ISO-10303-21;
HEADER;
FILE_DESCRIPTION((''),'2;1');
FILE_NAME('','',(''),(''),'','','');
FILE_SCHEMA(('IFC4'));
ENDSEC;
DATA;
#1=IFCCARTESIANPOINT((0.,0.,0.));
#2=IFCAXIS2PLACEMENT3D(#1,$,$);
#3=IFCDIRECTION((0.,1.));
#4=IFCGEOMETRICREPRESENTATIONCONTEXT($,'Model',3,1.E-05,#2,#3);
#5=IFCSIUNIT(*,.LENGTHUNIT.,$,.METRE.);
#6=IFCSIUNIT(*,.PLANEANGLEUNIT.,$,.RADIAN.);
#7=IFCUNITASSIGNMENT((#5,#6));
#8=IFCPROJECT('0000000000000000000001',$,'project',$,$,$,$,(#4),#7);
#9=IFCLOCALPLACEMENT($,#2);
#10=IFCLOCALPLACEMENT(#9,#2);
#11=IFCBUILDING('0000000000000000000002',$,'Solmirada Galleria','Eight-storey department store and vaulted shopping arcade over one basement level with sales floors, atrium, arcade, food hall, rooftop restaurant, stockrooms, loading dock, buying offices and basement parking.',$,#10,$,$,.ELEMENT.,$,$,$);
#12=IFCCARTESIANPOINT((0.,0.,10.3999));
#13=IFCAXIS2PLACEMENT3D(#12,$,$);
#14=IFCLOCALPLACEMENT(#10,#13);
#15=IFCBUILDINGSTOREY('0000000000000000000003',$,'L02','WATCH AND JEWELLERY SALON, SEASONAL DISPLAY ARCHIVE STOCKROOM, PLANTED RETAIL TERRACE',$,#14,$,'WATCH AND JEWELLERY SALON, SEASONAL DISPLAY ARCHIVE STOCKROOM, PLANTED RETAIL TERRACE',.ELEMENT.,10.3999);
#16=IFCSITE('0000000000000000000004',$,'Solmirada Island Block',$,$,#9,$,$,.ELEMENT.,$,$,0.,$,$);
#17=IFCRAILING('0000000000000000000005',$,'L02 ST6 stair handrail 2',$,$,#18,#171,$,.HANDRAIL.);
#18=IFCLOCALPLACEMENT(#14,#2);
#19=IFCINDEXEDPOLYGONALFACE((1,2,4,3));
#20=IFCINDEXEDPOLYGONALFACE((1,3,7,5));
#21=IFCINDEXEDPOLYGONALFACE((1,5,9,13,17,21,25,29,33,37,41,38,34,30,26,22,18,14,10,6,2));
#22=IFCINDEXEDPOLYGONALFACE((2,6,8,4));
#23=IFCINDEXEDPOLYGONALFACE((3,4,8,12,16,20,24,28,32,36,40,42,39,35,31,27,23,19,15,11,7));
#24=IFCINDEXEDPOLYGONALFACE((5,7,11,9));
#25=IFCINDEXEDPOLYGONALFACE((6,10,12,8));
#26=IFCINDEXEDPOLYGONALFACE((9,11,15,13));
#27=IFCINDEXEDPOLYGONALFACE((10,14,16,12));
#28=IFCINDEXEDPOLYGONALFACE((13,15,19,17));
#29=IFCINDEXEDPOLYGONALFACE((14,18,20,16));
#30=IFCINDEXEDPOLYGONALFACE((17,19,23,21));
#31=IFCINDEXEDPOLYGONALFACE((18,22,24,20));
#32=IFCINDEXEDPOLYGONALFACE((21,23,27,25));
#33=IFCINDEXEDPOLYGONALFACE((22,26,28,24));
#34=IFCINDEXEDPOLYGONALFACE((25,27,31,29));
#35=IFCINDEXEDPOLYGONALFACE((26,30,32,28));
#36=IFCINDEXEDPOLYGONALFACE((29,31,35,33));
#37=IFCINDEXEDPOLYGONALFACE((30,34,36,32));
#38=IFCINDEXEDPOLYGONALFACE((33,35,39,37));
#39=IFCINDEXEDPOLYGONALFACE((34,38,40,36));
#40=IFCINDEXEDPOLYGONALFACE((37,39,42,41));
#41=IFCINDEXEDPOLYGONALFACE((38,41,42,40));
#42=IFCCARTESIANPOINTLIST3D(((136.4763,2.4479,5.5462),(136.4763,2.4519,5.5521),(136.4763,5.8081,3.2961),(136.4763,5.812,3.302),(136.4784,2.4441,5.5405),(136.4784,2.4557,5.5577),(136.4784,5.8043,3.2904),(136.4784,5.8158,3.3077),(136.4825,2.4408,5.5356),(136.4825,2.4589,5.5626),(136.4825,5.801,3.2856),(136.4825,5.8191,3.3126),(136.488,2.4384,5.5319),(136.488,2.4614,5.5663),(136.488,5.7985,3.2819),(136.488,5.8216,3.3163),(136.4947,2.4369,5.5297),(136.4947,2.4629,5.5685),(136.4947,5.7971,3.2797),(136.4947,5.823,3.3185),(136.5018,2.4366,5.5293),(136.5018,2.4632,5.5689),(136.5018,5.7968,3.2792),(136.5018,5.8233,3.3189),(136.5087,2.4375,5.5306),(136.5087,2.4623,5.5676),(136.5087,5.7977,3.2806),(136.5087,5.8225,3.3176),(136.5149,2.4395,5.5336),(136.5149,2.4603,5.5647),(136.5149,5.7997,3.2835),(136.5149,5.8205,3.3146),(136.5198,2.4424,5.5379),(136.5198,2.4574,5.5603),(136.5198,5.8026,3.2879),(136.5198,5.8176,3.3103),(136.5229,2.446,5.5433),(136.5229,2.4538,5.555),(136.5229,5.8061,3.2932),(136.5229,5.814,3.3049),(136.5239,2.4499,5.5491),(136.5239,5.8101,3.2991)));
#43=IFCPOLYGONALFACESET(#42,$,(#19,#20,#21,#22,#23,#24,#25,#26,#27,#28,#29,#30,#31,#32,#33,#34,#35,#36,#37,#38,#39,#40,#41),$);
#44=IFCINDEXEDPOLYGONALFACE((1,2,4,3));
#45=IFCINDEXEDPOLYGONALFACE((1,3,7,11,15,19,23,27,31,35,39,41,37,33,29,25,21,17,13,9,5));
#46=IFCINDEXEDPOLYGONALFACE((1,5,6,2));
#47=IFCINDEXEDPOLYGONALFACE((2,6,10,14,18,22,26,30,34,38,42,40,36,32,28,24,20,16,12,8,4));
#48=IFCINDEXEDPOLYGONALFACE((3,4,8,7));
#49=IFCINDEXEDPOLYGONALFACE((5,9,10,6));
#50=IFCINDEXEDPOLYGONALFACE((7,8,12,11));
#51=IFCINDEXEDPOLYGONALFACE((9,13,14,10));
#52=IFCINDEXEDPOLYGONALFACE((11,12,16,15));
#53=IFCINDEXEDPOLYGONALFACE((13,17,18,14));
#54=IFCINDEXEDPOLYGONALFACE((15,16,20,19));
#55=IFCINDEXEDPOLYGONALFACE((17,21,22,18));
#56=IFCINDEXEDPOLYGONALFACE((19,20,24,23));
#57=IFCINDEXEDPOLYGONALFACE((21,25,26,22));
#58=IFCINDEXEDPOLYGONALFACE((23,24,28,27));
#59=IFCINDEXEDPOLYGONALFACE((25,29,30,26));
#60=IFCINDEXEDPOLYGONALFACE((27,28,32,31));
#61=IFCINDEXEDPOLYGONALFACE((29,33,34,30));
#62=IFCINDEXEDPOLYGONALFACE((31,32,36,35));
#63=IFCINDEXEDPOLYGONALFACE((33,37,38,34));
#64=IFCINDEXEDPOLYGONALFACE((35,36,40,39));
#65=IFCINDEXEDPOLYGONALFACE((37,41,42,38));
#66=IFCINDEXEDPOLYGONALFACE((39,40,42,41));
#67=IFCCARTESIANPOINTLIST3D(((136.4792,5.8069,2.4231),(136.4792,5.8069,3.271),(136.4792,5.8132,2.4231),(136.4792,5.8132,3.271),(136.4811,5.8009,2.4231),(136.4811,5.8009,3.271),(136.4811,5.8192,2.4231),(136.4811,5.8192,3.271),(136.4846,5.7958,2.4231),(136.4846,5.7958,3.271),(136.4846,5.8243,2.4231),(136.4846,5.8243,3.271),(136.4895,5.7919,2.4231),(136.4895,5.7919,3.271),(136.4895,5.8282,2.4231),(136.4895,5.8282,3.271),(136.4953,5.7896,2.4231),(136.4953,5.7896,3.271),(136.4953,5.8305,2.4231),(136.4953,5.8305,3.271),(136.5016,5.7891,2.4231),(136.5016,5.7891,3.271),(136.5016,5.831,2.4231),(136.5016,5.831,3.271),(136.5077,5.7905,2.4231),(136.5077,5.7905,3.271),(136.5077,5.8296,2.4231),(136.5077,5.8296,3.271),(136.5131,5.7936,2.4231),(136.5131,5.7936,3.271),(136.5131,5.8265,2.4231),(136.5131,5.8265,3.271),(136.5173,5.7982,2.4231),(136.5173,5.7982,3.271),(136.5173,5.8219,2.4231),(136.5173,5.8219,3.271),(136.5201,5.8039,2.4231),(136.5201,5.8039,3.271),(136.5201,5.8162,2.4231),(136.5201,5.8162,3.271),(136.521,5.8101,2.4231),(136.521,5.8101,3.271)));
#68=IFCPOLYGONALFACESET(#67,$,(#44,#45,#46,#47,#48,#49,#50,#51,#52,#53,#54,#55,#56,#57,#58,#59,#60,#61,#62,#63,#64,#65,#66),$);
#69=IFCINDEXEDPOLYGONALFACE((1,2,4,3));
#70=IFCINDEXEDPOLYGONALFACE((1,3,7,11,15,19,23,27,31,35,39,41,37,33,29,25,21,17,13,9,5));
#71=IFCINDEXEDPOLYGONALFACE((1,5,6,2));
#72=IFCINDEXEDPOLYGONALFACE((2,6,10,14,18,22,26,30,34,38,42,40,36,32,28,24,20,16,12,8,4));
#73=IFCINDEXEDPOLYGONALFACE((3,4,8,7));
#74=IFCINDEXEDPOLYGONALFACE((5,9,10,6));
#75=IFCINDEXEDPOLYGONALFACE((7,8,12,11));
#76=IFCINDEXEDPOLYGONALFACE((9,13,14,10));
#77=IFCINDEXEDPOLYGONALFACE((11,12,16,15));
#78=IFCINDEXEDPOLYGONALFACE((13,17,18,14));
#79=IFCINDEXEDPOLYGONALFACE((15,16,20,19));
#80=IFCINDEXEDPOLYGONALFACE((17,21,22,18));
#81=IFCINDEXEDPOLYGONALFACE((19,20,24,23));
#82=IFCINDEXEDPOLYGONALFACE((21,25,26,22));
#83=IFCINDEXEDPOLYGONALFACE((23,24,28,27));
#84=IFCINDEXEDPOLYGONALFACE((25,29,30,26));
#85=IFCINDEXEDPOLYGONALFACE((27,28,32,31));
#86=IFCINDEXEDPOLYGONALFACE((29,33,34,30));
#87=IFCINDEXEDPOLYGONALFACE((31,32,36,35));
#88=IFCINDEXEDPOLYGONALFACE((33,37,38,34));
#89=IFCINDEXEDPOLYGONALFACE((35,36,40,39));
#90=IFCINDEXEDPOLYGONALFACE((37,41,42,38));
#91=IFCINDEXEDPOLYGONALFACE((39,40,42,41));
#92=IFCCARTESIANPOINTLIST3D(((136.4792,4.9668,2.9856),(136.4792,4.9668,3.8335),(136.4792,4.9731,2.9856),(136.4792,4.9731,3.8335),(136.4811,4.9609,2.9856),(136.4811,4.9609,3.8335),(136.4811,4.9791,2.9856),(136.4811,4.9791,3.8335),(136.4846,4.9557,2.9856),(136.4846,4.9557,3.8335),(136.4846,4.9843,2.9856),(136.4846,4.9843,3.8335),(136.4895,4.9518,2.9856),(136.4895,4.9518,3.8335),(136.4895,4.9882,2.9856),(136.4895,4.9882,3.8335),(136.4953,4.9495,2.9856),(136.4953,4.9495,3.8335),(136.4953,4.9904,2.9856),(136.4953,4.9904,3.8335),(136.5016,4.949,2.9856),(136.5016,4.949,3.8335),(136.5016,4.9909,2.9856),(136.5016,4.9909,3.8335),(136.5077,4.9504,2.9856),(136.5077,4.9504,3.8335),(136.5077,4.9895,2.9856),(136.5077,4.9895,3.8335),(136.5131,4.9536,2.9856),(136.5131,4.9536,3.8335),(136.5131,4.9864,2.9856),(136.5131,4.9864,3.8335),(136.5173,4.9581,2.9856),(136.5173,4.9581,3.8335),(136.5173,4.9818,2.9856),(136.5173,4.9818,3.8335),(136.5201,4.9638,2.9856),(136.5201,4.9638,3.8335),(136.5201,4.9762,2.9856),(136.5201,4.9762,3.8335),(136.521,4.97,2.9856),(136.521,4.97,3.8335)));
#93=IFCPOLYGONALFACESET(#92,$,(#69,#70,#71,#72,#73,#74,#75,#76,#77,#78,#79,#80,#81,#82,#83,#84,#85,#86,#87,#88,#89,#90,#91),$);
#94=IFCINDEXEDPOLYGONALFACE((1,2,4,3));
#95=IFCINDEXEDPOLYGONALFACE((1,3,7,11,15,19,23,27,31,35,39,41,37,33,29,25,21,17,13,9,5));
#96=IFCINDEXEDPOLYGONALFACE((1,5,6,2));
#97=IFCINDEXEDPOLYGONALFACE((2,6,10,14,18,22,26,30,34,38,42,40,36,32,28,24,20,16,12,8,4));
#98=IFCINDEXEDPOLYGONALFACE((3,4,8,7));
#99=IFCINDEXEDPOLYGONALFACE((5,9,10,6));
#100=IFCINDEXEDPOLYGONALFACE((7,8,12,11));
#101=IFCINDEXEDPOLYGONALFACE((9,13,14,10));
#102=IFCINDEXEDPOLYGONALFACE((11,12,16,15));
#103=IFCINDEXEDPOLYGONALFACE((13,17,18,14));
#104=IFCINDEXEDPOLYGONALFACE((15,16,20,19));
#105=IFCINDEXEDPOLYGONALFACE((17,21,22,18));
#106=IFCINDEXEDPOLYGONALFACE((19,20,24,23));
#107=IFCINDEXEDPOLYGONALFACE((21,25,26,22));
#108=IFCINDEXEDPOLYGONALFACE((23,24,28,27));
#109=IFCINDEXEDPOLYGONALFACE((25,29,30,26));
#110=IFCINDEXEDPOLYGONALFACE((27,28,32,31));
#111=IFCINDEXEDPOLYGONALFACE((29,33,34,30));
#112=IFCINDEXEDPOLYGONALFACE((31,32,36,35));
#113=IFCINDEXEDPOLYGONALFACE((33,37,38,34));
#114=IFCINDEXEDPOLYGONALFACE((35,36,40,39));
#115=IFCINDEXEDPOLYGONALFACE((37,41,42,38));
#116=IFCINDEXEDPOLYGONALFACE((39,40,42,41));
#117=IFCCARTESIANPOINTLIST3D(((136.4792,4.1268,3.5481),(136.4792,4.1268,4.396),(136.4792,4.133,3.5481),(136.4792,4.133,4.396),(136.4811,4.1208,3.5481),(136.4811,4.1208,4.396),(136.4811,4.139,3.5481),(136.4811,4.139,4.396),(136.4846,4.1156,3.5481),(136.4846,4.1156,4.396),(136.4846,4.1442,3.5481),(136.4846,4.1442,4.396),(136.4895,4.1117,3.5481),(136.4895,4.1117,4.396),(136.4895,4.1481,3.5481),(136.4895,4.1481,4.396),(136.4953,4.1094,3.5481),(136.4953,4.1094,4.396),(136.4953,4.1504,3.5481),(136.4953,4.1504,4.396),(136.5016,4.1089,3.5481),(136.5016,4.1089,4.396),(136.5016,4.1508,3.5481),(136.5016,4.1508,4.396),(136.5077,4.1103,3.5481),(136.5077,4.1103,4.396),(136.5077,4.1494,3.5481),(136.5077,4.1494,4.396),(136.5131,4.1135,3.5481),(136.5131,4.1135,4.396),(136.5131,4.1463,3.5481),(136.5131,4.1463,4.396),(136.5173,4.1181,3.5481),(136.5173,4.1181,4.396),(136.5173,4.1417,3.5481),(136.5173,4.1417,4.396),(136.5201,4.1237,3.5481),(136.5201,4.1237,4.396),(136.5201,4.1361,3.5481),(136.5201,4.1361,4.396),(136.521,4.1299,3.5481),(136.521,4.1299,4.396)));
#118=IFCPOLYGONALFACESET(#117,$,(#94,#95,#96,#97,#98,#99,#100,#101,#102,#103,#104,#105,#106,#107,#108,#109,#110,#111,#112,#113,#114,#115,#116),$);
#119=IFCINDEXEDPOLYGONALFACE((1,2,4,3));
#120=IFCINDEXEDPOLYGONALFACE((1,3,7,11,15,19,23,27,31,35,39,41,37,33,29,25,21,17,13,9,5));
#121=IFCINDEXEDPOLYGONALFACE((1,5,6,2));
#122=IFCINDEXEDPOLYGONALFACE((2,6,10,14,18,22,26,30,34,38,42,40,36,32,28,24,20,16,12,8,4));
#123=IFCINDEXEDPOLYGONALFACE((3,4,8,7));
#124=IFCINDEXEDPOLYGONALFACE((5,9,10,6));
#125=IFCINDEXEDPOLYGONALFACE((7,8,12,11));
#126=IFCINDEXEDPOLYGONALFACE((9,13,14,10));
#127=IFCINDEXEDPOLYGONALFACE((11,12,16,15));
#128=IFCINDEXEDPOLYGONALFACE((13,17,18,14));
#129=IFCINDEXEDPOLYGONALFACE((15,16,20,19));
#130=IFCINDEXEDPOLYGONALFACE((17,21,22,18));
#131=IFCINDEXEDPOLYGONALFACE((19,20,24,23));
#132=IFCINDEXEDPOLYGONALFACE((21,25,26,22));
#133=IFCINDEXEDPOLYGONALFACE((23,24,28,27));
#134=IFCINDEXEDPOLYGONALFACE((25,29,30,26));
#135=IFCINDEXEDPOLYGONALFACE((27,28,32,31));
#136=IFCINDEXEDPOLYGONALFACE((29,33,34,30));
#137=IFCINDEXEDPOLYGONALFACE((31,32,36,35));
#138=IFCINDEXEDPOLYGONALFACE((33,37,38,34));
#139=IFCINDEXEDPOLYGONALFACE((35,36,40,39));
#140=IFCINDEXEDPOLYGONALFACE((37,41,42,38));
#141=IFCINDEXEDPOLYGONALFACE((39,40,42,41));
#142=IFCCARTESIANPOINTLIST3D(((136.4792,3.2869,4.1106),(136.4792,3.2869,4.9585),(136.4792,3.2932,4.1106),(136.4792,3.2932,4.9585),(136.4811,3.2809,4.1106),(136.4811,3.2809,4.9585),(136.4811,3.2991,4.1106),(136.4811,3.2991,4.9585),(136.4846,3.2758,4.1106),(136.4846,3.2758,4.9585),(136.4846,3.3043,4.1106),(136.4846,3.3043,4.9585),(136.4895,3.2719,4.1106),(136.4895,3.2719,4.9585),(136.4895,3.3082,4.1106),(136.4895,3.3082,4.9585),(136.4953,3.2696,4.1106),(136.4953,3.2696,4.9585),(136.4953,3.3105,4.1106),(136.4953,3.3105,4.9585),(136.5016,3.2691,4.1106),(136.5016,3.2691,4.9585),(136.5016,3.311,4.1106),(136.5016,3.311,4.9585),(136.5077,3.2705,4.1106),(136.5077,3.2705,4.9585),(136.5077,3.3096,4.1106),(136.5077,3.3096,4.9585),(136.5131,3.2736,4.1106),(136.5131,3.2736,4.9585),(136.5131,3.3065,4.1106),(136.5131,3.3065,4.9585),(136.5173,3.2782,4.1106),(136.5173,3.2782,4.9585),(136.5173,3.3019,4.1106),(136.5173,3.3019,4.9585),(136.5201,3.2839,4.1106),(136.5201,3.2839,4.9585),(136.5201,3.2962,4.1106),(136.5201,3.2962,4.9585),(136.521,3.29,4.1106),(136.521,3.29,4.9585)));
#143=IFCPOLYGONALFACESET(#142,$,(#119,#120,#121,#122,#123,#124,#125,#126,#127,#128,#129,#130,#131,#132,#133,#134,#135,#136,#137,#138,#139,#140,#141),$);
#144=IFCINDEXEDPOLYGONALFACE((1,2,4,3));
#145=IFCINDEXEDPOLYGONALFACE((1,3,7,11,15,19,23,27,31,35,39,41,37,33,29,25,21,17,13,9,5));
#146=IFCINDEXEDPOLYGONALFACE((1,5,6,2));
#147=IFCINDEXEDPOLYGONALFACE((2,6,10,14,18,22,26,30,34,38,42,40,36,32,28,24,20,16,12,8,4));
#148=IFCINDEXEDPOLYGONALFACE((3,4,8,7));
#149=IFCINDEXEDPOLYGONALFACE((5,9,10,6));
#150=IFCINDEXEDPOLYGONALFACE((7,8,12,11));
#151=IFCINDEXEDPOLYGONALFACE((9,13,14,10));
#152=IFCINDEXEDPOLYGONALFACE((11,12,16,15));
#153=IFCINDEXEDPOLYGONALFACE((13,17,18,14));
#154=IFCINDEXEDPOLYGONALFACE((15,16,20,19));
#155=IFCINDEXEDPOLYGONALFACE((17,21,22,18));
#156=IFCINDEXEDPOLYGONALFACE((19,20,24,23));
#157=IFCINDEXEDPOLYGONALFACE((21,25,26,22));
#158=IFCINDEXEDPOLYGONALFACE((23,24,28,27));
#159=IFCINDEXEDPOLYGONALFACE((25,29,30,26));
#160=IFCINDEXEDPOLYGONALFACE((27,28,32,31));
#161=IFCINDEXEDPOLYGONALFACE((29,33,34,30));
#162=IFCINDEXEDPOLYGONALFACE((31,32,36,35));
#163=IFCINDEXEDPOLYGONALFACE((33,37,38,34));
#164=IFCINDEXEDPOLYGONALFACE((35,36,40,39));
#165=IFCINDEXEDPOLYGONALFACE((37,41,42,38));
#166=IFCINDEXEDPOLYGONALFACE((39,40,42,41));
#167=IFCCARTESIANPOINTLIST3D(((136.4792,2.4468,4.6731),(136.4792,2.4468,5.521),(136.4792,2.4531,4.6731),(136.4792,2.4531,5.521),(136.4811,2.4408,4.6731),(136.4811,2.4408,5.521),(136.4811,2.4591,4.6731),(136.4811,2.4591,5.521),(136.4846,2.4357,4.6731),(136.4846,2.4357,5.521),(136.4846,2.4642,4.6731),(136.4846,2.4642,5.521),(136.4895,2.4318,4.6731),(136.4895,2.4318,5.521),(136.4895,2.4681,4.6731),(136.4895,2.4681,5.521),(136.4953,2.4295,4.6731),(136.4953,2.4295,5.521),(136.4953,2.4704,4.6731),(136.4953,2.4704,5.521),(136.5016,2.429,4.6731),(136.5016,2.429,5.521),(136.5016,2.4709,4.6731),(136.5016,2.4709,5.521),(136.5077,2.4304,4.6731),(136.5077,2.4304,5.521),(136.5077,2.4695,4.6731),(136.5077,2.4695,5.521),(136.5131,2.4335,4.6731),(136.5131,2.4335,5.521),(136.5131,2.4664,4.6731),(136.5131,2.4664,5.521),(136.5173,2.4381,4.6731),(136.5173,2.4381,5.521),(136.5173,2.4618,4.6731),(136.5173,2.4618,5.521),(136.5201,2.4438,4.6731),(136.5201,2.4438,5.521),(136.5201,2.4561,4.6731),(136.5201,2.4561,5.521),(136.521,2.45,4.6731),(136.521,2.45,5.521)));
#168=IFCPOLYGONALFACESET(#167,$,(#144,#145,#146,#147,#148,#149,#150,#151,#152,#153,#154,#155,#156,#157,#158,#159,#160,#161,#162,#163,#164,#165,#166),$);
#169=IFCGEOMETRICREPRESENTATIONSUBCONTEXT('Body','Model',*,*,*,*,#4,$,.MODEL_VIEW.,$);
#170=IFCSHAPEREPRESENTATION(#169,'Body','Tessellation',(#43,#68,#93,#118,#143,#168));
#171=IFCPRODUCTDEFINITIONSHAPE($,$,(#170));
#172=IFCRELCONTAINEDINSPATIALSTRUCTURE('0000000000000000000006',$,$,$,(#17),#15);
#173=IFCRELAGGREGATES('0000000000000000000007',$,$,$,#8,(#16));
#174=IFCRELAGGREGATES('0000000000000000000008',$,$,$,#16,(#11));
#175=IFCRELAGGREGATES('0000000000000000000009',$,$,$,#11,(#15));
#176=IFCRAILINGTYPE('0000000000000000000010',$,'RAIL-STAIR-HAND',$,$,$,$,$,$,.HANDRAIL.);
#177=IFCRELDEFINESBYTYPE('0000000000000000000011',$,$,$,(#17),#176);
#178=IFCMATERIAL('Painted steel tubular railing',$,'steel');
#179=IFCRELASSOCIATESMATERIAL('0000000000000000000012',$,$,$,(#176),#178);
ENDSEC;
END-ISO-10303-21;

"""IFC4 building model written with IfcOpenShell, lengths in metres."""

from ifc_helpers import new_model, si_unit, direction, frame, origin, origin_2d, place, context, subcontext, project, spatial, circle, extrude, material, type_object, element, save


model = new_model("IFC4")

# Units and contexts
model_context = context("Model", 3, precision=1e-05, world=origin(), true_north=direction((0.0, 1.0)))
body_context = subcontext(model_context, "Body", "Model", "MODEL_VIEW")
ifc_project = project(units=[si_unit("LENGTHUNIT", "METRE"), si_unit("PLANEANGLEUNIT", "RADIAN")], contexts=[model_context])

# Site, building, storey
site_placement = place(None, origin())
site = spatial("IfcSite", under=ifc_project, at=site_placement, Name="Solmirada Island Block", CompositionType="ELEMENT", RefElevation=0.0)
building_placement = place(site_placement, origin())
building = spatial("IfcBuilding", under=site, at=building_placement, Name="Solmirada Galleria", Description="Eight-storey department store and vaulted shopping arcade over one basement level with sales floors, atrium, arcade, food hall, rooftop restaurant, stockrooms, loading dock, buying offices and basement parking.", CompositionType="ELEMENT")
storey_placement = place(building_placement, frame((0.0, 0.0, 10.3999)))
storey = spatial("IfcBuildingStorey", under=building, at=storey_placement, Name="L02", Description="WATCH AND JEWELLERY SALON, SEASONAL DISPLAY ARCHIVE STOCKROOM, PLANTED RETAIL TERRACE", LongName="WATCH AND JEWELLERY SALON, SEASONAL DISPLAY ARCHIVE STOCKROOM, PLANTED RETAIL TERRACE", CompositionType="ELEMENT", Elevation=10.3999)

# Railing
ifc_material_1 = material(Name="Painted steel tubular railing", Category="steel")
railing_type_1 = type_object("IfcRailingType", Name="RAIL-STAIR-HAND", PredefinedType="HANDRAIL", material=ifc_material_1)
railing_1_placement = place(storey_placement, frame((136.5, 5.8101, 2.4231)))
element("IfcRailing", 1, at=railing_1_placement, inside=storey, type_object=railing_type_1, Name="L02 ST6 stair handrail 2", PredefinedType="HANDRAIL", context=body_context, shape_type="SweptSolid", body=[
    extrude(circle(Radius=0.0239, at=origin_2d()), frame((0.0, 0.0, 0.876), z_axis=(0.0, -0.830915, 0.556399), x_axis=(1.0, 0.0, 0.0)), (0.0, 0.0, 1.0), 4.0439),
    extrude(circle(Radius=0.021, at=origin_2d()), origin(), (0.0, 0.0, 1.0), 0.8479),
    extrude(circle(Radius=0.021, at=origin_2d()), frame((0.0, -0.8401, 0.5625)), (0.0, 0.0, 1.0), 0.8479),
    extrude(circle(Radius=0.021, at=origin_2d()), frame((0.0, -1.6802, 1.125)), (0.0, 0.0, 1.0), 0.8479),
    extrude(circle(Radius=0.021, at=origin_2d()), frame((0.0, -2.52, 1.6875)), (0.0, 0.0, 1.0), 0.8479),
    extrude(circle(Radius=0.021, at=origin_2d()), frame((0.0, -3.3601, 2.25)), (0.0, 0.0, 1.0), 0.8479),
])

save(model, "model.ifc")
